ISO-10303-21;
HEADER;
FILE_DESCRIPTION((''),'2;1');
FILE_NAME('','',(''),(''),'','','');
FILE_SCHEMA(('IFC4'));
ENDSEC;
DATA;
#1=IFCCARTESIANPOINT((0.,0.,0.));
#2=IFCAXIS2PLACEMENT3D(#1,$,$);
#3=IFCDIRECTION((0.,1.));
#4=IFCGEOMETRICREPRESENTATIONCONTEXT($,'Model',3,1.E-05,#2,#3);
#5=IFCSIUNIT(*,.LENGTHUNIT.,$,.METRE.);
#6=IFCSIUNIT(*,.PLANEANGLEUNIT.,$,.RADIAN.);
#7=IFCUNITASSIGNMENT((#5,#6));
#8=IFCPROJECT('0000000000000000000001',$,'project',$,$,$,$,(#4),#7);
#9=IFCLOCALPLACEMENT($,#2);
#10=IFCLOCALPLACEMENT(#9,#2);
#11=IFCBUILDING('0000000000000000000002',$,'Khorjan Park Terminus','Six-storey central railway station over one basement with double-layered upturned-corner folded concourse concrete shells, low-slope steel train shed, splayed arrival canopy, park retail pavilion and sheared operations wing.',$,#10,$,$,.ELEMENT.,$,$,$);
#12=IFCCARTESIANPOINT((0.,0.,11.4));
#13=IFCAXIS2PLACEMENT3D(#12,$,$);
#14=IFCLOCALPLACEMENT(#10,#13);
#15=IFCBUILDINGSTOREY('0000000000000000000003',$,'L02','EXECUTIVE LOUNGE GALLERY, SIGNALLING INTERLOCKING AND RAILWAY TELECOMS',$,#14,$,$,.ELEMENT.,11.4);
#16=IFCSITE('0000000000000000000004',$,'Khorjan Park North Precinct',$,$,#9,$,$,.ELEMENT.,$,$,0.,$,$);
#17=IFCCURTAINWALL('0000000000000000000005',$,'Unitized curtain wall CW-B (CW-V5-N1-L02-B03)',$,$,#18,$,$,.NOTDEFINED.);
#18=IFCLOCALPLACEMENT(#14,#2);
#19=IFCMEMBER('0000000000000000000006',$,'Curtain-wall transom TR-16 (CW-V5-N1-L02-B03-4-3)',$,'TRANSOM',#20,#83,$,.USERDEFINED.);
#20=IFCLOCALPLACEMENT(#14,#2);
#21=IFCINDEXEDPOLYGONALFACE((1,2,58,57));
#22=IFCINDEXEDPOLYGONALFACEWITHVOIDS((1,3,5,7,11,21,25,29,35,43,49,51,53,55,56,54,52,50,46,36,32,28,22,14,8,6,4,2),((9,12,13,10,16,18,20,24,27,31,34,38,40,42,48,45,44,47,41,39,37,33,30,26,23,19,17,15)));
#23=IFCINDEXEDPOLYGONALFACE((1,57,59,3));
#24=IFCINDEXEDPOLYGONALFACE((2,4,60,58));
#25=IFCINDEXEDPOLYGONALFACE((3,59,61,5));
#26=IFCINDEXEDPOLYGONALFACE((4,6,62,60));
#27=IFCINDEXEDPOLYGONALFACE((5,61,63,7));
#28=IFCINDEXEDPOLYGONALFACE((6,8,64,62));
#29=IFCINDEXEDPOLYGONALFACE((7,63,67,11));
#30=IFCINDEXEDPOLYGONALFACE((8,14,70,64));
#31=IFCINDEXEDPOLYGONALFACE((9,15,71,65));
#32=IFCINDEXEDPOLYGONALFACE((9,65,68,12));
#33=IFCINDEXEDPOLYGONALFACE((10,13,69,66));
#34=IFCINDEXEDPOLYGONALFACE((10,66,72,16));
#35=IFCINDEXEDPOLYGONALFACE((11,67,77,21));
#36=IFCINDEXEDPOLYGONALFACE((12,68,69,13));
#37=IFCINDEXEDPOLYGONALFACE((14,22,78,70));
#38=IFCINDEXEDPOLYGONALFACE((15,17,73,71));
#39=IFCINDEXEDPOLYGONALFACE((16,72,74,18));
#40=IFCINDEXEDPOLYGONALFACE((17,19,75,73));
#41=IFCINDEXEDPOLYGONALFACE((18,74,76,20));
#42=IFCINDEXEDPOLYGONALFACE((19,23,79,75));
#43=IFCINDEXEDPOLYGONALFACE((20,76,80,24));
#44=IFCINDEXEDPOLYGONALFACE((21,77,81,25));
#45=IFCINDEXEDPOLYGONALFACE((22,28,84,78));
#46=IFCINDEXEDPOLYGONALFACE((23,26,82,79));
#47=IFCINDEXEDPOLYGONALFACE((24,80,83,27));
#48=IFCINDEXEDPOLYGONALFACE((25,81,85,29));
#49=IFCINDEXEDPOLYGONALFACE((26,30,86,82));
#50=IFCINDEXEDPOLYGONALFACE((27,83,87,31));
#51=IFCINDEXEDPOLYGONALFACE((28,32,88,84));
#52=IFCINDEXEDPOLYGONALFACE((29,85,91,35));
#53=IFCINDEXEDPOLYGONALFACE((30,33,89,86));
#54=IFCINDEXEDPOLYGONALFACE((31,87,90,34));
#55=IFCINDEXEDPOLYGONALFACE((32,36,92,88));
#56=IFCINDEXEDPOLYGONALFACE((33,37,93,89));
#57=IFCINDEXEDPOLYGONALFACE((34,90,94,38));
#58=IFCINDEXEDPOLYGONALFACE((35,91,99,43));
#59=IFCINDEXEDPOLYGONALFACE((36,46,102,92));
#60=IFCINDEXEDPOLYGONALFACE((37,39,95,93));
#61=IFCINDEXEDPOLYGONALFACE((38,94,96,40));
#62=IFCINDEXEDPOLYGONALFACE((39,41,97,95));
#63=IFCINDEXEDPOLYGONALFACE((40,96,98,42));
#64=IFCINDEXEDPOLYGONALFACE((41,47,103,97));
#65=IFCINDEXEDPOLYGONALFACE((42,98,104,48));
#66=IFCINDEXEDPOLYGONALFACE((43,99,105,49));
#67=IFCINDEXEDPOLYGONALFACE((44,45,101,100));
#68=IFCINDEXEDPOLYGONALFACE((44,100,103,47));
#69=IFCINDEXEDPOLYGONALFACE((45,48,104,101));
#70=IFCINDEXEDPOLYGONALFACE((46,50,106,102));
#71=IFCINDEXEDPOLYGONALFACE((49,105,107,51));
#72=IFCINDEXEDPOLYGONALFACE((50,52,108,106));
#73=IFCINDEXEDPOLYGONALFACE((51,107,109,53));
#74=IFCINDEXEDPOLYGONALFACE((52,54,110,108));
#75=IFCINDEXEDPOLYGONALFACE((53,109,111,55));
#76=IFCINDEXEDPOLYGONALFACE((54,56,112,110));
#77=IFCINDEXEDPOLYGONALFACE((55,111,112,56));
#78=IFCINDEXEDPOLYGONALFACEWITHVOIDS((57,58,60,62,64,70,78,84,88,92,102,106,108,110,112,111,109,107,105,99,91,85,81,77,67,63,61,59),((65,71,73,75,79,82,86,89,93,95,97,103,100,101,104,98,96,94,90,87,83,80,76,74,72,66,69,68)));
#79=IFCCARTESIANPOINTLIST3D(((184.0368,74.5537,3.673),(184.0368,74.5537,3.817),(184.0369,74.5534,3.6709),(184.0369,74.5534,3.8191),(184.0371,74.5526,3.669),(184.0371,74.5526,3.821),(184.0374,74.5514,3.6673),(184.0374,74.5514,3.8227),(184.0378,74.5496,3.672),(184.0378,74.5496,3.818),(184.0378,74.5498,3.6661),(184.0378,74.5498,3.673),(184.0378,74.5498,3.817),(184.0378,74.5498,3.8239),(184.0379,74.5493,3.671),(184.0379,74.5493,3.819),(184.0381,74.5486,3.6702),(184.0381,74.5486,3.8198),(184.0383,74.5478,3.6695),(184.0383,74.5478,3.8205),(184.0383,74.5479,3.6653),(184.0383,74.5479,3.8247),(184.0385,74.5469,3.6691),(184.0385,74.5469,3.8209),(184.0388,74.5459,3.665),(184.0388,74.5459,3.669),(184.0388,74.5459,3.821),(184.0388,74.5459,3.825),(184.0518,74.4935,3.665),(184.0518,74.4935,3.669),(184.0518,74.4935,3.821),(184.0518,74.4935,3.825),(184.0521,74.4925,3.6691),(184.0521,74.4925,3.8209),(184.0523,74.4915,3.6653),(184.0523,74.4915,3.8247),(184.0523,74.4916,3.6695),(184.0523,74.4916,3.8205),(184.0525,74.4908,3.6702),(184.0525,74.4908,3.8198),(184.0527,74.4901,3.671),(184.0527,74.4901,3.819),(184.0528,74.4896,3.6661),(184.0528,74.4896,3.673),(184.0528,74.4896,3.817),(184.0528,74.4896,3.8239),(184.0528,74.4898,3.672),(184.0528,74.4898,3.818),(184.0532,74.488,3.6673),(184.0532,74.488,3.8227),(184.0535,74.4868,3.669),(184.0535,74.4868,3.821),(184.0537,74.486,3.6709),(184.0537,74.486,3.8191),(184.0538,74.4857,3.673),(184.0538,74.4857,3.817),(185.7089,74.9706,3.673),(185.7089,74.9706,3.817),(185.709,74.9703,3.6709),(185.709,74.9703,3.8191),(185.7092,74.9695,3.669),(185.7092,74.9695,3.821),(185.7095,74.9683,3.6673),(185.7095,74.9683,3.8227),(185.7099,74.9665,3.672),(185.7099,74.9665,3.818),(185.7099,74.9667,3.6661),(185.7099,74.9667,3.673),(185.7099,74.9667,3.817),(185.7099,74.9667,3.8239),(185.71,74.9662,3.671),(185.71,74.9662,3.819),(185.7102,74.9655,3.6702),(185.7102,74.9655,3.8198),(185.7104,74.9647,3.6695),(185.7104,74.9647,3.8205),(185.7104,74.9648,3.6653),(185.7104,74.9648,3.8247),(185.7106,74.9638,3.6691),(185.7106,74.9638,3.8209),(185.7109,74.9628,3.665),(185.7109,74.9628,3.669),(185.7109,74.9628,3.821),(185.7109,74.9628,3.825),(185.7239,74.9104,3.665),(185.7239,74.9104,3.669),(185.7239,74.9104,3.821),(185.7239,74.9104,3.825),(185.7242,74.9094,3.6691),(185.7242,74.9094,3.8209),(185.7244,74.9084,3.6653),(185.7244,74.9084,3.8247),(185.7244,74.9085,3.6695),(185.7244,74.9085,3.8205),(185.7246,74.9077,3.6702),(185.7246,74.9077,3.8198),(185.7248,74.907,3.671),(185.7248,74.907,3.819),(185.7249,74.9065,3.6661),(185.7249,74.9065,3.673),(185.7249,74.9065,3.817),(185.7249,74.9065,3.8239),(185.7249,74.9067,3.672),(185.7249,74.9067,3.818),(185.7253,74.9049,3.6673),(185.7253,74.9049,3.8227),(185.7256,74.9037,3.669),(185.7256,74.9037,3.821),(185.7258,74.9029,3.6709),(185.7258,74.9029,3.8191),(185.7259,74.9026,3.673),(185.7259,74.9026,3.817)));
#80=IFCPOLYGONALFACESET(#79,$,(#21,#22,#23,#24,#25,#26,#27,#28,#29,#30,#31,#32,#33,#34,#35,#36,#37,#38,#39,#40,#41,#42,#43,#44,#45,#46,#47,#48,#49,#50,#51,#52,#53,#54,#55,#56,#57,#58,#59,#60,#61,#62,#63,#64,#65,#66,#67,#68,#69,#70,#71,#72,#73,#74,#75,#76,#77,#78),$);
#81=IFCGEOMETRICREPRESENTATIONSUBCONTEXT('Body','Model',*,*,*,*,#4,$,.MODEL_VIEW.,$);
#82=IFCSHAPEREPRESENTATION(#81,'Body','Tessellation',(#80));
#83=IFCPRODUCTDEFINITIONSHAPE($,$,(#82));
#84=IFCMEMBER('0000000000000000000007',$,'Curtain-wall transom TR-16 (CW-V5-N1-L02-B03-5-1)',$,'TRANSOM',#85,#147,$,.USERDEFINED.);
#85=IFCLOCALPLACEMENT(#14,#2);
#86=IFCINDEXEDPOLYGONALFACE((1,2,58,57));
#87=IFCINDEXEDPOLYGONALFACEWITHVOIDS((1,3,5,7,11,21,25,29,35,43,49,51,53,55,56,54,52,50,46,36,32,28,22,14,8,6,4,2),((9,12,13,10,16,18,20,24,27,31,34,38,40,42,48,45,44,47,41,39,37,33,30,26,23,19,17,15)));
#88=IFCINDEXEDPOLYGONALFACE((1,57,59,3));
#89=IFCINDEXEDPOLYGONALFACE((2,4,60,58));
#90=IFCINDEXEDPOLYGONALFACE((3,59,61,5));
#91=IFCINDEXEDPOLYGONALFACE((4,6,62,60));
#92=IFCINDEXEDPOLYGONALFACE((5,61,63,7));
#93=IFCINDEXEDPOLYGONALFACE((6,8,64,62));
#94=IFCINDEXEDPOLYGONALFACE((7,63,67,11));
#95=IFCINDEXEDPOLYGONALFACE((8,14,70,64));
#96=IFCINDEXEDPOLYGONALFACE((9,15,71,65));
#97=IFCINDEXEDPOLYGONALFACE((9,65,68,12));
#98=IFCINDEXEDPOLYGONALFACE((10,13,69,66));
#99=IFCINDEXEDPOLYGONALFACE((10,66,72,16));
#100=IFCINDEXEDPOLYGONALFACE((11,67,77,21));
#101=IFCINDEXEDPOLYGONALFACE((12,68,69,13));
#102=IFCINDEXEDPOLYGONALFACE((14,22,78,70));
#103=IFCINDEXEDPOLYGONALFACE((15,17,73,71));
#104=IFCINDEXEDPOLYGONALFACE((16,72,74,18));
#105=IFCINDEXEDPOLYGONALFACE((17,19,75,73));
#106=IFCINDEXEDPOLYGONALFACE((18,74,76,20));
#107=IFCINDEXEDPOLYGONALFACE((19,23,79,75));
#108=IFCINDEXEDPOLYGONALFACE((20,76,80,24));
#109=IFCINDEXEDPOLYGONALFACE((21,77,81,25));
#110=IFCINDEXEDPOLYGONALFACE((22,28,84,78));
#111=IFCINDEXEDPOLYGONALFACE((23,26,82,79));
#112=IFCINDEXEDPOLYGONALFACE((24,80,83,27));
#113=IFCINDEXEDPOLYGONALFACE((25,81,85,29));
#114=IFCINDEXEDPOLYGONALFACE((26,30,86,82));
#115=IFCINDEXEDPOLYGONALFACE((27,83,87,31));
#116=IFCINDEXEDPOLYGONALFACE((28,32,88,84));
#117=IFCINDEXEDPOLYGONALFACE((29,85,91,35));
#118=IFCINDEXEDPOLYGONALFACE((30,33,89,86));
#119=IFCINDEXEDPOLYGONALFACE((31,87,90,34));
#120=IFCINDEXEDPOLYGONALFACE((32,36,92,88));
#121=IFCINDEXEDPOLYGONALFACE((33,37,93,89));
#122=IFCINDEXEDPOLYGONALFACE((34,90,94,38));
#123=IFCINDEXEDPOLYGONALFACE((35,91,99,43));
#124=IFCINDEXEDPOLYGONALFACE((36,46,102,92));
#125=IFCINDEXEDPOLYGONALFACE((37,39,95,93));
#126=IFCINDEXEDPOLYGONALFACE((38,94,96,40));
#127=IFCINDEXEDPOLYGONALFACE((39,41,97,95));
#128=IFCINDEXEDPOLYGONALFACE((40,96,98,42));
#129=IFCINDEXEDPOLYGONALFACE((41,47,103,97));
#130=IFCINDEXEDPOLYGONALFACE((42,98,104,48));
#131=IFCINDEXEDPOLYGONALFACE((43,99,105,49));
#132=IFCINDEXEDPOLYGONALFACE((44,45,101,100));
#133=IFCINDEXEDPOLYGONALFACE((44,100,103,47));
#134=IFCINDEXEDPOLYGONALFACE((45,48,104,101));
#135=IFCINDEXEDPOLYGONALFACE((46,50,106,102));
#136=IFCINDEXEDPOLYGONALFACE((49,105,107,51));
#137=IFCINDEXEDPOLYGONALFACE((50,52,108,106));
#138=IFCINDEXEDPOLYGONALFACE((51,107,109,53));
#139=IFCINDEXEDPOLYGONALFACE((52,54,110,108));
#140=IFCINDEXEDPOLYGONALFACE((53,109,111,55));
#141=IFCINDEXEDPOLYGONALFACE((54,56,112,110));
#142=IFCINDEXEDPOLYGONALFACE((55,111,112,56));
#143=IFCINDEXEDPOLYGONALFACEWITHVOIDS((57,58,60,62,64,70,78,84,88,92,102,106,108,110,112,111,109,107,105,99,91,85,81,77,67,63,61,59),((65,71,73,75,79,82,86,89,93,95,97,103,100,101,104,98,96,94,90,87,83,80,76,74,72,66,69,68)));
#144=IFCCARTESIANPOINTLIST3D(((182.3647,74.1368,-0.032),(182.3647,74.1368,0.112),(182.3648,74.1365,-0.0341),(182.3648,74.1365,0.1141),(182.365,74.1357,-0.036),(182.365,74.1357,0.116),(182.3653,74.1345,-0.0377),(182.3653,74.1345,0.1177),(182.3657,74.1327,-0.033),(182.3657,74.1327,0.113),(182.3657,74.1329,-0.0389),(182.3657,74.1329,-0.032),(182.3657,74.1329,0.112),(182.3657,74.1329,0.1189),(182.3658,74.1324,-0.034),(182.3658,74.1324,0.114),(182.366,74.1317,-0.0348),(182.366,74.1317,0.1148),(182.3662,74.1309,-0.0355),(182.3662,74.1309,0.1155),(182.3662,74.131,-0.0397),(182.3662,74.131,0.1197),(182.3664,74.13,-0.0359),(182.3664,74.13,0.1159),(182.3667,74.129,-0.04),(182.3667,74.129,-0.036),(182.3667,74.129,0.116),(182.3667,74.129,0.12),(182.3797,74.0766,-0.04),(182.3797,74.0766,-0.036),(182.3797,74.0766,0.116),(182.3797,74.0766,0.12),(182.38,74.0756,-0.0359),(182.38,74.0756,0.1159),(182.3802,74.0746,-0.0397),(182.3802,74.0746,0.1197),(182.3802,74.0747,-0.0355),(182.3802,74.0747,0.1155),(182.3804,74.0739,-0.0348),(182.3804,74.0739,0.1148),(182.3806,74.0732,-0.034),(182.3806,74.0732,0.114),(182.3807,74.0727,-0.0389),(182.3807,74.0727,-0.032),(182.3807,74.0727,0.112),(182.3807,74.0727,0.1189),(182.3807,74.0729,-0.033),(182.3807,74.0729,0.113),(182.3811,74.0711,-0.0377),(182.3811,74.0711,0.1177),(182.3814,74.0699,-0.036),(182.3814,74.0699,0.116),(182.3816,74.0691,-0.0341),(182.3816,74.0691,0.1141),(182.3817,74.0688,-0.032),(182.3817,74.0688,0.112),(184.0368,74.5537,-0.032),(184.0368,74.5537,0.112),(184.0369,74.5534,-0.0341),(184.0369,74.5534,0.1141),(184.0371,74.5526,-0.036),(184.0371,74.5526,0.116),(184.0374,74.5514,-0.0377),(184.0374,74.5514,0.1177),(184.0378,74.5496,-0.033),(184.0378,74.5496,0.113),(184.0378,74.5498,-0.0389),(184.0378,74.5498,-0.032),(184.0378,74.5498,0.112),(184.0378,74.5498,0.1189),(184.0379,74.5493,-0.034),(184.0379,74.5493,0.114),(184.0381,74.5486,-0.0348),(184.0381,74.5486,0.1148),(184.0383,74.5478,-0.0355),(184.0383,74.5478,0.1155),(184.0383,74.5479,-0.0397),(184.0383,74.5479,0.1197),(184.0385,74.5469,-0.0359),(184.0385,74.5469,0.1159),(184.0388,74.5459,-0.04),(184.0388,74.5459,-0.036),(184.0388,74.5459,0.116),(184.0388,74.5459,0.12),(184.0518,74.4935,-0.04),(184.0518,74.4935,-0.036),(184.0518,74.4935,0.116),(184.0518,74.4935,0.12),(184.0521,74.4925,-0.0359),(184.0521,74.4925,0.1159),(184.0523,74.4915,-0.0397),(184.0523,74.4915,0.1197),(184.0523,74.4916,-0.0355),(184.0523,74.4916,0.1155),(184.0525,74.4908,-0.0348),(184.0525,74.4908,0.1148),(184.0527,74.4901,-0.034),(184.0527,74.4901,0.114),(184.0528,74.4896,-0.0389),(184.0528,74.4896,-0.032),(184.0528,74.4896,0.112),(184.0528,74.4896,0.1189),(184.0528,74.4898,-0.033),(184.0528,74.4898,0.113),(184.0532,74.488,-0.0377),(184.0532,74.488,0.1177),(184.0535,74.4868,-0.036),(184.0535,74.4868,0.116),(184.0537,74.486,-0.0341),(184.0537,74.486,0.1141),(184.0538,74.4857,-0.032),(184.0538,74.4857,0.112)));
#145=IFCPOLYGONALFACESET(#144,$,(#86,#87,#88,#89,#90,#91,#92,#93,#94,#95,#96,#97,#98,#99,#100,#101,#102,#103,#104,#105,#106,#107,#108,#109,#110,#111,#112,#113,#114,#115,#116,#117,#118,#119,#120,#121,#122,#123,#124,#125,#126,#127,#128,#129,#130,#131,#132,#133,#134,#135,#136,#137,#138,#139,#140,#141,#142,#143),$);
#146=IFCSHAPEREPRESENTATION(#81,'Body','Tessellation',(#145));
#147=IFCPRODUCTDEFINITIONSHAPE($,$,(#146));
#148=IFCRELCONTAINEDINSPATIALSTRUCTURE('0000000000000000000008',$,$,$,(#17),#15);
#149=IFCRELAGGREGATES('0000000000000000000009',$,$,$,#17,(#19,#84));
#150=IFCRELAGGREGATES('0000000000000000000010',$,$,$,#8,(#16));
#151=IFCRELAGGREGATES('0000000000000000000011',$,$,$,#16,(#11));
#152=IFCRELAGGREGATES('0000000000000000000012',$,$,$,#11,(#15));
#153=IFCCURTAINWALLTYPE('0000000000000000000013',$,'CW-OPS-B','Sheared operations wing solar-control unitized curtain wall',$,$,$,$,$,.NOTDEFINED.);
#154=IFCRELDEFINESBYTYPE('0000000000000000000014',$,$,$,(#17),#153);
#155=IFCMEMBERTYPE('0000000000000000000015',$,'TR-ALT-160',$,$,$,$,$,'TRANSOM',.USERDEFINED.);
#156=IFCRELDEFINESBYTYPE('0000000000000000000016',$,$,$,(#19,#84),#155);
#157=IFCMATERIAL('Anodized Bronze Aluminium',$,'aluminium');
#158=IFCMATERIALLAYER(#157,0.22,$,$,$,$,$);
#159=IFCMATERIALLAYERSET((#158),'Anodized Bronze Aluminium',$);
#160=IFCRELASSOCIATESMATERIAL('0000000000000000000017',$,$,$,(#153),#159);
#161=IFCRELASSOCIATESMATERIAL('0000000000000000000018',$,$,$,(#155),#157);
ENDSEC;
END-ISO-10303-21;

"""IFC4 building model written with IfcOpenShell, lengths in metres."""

from ifc_helpers import new_model, si_unit, direction, frame, origin, origin_2d, place, context, subcontext, project, spatial, hollow_rectangle, extrude, material, layer, layer_set, material_profile, profile_set, type_object, element, aggregate, save


model = new_model("IFC4")

# Units and contexts
model_context = context("Model", 3, precision=1e-05, world=origin(), true_north=direction((0.0, 1.0)))
body_context = subcontext(model_context, "Body", "Model", "MODEL_VIEW")
ifc_project = project(units=[si_unit("LENGTHUNIT", "METRE"), si_unit("PLANEANGLEUNIT", "RADIAN")], contexts=[model_context])

# Site, building, storey
site_placement = place(None, origin())
site = spatial("IfcSite", under=ifc_project, at=site_placement, Name="Khorjan Park North Precinct", CompositionType="ELEMENT", RefElevation=0.0)
building_placement = place(site_placement, origin())
building = spatial("IfcBuilding", under=site, at=building_placement, Name="Khorjan Park Terminus", Description="Six-storey central railway station over one basement with double-layered upturned-corner folded concourse concrete shells, low-slope steel train shed, splayed arrival canopy, park retail pavilion and sheared operations wing.", CompositionType="ELEMENT")
storey_placement = place(building_placement, frame((0.0, 0.0, 11.4)))
storey = spatial("IfcBuildingStorey", under=building, at=storey_placement, Name="L02", Description="EXECUTIVE LOUNGE GALLERY, SIGNALLING INTERLOCKING AND RAILWAY TELECOMS", CompositionType="ELEMENT", Elevation=11.4)

# Curtain wall
ifc_material_1 = material(Name="Anodized Bronze Aluminium", Category="aluminium")
ifc_layer_1 = layer(ifc_material_1, 0.22)
ifc_layer_set_1 = layer_set([ifc_layer_1], Name="Anodized Bronze Aluminium")
curtain_wall_type = type_object("IfcCurtainWallType", Name="CW-OPS-B", Description="Sheared operations wing solar-control unitized curtain wall", PredefinedType="NOTDEFINED", material=ifc_layer_set_1)
curtain_wall_placement = place(storey_placement, origin())
curtain_wall = element("IfcCurtainWall", 1, at=curtain_wall_placement, inside=storey, type_object=curtain_wall_type, Name="Unitized curtain wall CW-B (CW-V5-N1-L02-B03)", PredefinedType="NOTDEFINED")

# Members
ifc_material_profile_1 = material_profile(ifc_material_1, hollow_rectangle(XDim=0.07, YDim=0.16, WallThickness=0.004, InnerFilletRadius=0.004, OuterFilletRadius=0.008, at=origin_2d()), Name="ALT 70x160x4")
ifc_profile_set_1 = profile_set([ifc_material_profile_1], Name="Anodized Bronze Aluminium")
member_type_1 = type_object("IfcMemberType", Name="TR-ALT-160", ElementType="TRANSOM", PredefinedType="USERDEFINED", material=ifc_profile_set_1)
member_1_placement = place(storey_placement, frame((185.7174, 74.9366, 3.745), z_axis=(-0.970296, -0.241921, 0.0), x_axis=(0.241921, -0.970296, 0.0)))
member_1 = element("IfcMember", 2, at=member_1_placement, type_object=member_type_1, Name="Curtain-wall transom TR-16 (CW-V5-N1-L02-B03-4-3)", ObjectType="TRANSOM", PredefinedType="USERDEFINED", context=body_context, shape_type="SweptSolid", body=[
    extrude(hollow_rectangle(XDim=0.07, YDim=0.16, WallThickness=0.004, InnerFilletRadius=0.004, OuterFilletRadius=0.008, at=origin_2d()), origin(), (0.0, 0.0, 1.0), 1.7233),
])
member_2_placement = place(storey_placement, frame((184.0453, 74.5197, 0.04), z_axis=(-0.970296, -0.241921, 0.0), x_axis=(0.241921, -0.970296, 0.0)))
member_2 = element("IfcMember", 3, at=member_2_placement, type_object=member_type_1, Name="Curtain-wall transom TR-16 (CW-V5-N1-L02-B03-5-1)", ObjectType="TRANSOM", PredefinedType="USERDEFINED", context=body_context, shape_type="SweptSolid", body=[
    extrude(hollow_rectangle(XDim=0.07, YDim=0.16, WallThickness=0.004, InnerFilletRadius=0.004, OuterFilletRadius=0.008, at=origin_2d()), origin(), (0.0, 0.0, 1.0), 1.7233),
])

aggregate(curtain_wall, [member_1, member_2])

save(model, "model.ifc")
